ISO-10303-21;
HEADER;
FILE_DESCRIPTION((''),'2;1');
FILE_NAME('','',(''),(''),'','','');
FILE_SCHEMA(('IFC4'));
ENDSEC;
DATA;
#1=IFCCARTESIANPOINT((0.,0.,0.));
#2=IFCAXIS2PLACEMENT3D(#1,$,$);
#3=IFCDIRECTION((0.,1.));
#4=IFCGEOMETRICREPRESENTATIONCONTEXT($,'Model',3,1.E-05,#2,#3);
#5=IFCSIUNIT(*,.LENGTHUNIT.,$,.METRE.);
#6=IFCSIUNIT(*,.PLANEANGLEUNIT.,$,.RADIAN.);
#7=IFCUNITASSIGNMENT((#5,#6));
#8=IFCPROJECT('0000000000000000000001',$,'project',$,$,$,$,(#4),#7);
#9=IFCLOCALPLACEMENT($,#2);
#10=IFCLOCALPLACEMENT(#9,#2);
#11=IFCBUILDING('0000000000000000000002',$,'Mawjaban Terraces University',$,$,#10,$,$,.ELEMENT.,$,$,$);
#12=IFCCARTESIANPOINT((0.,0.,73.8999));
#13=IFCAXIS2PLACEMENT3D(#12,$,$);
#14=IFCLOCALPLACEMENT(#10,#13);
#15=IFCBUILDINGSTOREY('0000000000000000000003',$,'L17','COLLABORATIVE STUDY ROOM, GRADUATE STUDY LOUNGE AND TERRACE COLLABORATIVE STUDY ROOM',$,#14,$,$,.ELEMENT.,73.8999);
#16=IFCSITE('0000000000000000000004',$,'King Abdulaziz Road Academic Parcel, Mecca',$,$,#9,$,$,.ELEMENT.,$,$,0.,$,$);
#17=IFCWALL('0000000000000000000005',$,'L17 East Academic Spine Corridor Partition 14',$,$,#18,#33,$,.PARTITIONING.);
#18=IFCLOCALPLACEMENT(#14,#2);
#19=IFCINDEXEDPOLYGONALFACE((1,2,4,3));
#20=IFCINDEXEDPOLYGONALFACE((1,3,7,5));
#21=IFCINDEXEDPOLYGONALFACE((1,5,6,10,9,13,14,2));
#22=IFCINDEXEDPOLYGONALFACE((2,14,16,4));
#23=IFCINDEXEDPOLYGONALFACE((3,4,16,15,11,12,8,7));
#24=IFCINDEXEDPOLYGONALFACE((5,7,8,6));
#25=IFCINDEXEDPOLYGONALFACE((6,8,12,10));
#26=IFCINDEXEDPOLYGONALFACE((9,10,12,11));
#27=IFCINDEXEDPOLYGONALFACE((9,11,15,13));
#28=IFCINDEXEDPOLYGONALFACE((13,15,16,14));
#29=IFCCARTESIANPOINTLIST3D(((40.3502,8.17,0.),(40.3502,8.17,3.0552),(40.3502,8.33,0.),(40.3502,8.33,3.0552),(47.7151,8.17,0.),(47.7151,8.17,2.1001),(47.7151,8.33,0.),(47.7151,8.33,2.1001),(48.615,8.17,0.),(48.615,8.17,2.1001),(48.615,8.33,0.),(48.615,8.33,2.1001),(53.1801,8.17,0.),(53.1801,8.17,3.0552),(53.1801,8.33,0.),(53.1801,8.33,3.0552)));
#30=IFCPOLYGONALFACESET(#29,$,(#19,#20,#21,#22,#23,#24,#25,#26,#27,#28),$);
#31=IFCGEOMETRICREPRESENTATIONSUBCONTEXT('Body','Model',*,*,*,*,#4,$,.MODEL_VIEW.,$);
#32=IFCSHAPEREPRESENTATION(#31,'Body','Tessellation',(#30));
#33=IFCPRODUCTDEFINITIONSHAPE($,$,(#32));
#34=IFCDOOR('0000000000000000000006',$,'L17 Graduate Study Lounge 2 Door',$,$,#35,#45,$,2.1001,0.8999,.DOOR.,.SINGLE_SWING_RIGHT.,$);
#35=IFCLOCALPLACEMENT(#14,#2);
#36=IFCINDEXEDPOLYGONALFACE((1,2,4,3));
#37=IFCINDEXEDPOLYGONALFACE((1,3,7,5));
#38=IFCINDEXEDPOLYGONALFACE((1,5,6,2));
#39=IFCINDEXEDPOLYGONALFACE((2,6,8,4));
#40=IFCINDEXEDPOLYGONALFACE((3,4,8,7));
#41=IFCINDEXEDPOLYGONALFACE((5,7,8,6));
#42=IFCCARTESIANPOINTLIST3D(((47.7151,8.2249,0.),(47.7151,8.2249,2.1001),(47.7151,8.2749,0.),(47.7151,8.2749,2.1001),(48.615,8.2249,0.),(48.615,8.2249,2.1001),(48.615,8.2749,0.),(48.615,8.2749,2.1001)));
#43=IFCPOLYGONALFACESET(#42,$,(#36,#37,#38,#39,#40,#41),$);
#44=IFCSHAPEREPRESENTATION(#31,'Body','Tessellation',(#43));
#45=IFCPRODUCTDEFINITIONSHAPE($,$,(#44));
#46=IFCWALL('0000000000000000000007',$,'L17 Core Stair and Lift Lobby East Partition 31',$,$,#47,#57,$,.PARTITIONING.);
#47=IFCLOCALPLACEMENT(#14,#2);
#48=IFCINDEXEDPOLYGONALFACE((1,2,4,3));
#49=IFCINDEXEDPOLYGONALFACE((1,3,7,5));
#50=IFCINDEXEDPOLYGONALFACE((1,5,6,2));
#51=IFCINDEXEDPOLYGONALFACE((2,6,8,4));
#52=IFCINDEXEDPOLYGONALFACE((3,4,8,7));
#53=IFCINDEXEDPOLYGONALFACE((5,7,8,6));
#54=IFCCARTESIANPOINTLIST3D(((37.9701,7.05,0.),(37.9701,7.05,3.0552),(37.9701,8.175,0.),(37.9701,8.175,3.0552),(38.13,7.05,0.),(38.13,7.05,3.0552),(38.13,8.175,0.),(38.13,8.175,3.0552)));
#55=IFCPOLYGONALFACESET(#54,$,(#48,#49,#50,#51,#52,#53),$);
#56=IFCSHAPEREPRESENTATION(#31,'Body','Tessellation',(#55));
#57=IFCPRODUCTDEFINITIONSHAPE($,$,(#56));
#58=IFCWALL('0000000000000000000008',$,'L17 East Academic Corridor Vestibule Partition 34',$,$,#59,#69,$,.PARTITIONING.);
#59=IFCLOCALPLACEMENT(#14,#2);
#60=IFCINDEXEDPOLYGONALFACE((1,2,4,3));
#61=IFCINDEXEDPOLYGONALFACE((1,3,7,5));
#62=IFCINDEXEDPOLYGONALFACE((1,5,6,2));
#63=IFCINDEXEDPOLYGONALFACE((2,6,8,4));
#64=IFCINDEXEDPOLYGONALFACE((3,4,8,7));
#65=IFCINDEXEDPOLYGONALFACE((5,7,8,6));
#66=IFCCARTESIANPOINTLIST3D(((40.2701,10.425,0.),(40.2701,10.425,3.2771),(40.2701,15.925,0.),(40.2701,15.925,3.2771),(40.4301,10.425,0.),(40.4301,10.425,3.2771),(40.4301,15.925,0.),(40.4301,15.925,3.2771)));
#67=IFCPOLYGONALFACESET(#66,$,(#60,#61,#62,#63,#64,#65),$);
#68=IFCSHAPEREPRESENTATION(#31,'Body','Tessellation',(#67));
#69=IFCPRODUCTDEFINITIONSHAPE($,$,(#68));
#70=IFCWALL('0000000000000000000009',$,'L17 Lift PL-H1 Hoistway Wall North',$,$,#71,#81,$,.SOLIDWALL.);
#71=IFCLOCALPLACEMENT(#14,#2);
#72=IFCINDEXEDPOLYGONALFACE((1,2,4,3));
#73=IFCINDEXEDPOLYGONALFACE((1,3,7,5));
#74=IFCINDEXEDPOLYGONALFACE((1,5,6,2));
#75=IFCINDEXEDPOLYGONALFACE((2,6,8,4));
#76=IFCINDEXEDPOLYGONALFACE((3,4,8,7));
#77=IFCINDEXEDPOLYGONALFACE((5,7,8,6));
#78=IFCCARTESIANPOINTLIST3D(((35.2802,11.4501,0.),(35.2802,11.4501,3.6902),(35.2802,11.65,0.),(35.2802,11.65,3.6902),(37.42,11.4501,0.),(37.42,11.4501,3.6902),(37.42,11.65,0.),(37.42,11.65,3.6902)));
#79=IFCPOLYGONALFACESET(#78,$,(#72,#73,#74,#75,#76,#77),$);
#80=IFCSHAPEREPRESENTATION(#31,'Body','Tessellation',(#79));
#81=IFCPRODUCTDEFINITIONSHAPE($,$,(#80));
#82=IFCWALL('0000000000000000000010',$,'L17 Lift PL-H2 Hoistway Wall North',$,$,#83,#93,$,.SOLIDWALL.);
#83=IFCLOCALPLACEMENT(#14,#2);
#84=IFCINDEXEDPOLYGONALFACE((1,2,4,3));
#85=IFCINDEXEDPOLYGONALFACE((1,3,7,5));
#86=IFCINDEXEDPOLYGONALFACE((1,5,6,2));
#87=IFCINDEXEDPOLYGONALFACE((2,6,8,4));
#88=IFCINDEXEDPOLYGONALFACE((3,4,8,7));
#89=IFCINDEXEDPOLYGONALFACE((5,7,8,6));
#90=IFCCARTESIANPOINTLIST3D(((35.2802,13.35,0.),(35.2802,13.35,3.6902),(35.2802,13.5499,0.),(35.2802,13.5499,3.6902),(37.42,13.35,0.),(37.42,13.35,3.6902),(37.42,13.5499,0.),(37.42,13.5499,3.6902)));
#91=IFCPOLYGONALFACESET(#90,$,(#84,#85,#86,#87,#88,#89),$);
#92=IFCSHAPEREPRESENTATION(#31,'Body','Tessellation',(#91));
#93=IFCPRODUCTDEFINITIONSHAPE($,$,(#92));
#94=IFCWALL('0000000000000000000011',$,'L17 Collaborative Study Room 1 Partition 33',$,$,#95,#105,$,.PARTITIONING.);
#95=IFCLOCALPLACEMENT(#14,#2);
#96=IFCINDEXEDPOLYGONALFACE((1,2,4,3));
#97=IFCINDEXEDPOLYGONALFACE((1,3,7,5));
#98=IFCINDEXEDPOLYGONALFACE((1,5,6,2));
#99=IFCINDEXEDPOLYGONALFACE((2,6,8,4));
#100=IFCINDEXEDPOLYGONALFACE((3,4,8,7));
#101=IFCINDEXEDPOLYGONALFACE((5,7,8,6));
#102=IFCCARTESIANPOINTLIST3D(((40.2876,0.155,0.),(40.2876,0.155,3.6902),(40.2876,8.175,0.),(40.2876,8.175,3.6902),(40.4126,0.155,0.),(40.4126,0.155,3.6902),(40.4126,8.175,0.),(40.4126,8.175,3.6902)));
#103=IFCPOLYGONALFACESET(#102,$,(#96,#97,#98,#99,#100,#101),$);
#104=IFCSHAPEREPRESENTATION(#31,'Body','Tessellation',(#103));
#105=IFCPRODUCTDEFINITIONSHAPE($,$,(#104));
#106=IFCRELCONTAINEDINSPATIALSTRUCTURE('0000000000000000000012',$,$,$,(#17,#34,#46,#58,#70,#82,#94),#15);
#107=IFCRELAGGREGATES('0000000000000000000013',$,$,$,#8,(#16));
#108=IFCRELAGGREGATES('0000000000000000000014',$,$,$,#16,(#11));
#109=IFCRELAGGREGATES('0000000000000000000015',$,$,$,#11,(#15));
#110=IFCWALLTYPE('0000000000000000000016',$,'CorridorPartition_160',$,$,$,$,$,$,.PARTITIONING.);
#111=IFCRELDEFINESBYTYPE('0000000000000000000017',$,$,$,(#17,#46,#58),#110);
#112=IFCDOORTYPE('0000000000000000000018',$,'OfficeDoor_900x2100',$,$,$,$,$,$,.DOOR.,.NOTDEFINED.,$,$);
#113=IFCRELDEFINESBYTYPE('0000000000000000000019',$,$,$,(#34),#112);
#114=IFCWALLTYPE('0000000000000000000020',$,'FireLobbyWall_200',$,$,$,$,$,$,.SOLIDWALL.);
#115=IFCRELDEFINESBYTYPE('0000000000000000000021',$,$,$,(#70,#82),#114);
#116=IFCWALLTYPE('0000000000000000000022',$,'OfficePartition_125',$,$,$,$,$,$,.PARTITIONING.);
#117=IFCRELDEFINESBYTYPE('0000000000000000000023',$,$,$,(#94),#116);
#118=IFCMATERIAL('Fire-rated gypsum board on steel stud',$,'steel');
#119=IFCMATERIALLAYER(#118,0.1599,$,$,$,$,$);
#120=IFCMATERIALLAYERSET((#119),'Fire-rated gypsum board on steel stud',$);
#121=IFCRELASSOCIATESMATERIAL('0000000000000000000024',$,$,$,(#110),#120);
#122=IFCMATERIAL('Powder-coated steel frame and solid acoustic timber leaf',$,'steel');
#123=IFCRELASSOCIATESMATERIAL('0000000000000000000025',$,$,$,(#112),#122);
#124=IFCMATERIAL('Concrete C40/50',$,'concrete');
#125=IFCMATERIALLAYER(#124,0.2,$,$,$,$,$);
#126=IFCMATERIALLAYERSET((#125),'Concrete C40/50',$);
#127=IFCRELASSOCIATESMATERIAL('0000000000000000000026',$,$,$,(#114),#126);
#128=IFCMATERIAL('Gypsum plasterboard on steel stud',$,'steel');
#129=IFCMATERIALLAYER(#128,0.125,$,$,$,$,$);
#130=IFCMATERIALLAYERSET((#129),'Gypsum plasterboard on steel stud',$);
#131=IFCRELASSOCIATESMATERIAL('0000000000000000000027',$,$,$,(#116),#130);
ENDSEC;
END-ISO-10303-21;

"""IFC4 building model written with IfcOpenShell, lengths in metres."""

from ifc_helpers import new_model, si_unit, direction, frame, frame_2d, origin, place, context, subcontext, project, spatial, rectangle, extrude, material, layer, layer_set, type_object, element, fill, save


model = new_model("IFC4")

# Units and contexts
model_context = context("Model", 3, precision=1e-05, world=origin(), true_north=direction((0.0, 1.0)))
body_context = subcontext(model_context, "Body", "Model", "MODEL_VIEW")
ifc_project = project(units=[si_unit("LENGTHUNIT", "METRE"), si_unit("PLANEANGLEUNIT", "RADIAN")], contexts=[model_context])

# Site, building, storey
site_placement = place(None, origin())
site = spatial("IfcSite", under=ifc_project, at=site_placement, Name="King Abdulaziz Road Academic Parcel, Mecca", CompositionType="ELEMENT", RefElevation=0.0)
building_placement = place(site_placement, origin())
building = spatial("IfcBuilding", under=site, at=building_placement, Name="Mawjaban Terraces University", CompositionType="ELEMENT")
storey_placement = place(building_placement, frame((0.0, 0.0, 73.8999)))
storey = spatial("IfcBuildingStorey", under=building, at=storey_placement, Name="L17", Description="COLLABORATIVE STUDY ROOM, GRADUATE STUDY LOUNGE AND TERRACE COLLABORATIVE STUDY ROOM", CompositionType="ELEMENT", Elevation=73.8999)

# Wall, opening, door
ifc_material_1 = material(Name="Fire-rated gypsum board on steel stud", Category="steel")
ifc_layer_1 = layer(ifc_material_1, 0.1599)
ifc_layer_set_1 = layer_set([ifc_layer_1], Name="Fire-rated gypsum board on steel stud")
wall_type_1 = type_object("IfcWallType", Name="CorridorPartition_160", PredefinedType="PARTITIONING", material=ifc_layer_set_1)
ifc_material_2 = material(Name="Powder-coated steel frame and solid acoustic timber leaf", Category="steel")
door_type = type_object("IfcDoorType", Name="OfficeDoor_900x2100", OperationType="NOTDEFINED", PredefinedType="DOOR", material=ifc_material_2)
wall_1_placement = place(storey_placement, frame((40.3501, 8.25, 0.0), z_axis=(0.0, 0.0, 1.0), x_axis=(1.0, 0.0, 0.0)))
wall_1 = element("IfcWall", 1, at=wall_1_placement, inside=storey, type_object=wall_type_1, Name="L17 East Academic Spine Corridor Partition 14", PredefinedType="PARTITIONING", context=body_context, shape_type="SweptSolid", body=[
    extrude(rectangle(XDim=12.8298, YDim=0.1599, at=frame_2d((6.415, 0.0))), origin(), (0.0, 0.0, 1.0), 3.0552),
])
opening_1_placement = place(wall_1_placement, frame((7.365, 0.0, 0.0)))
opening_1 = element("IfcOpeningElement", 2, at=opening_1_placement, cuts=wall_1, PredefinedType="OPENING", context=body_context, shape_type="SweptSolid", body=[
    extrude(rectangle(XDim=0.8999, YDim=2.1001, at=frame_2d((0.45, 1.05))), frame((0.0, 0.0898, 0.0), z_axis=(0.0, -1.0, 0.0), x_axis=(1.0, 0.0, 0.0)), (0.0, 0.0, 1.0), 0.1799),
])
door_1_placement = place(opening_1_placement, origin())
door_1 = element("IfcDoor", 3, at=door_1_placement, inside=storey, type_object=door_type, Name="L17 Graduate Study Lounge 2 Door", OperationType="SINGLE_SWING_RIGHT", OverallHeight=2.1001, OverallWidth=0.8999, PredefinedType="DOOR", context=body_context, shape_type="SweptSolid", body=[
    extrude(rectangle(XDim=0.8999, YDim=2.1001, at=frame_2d((0.45, 1.05))), frame((0.0, 0.0249, 0.0), z_axis=(0.0, -1.0, 0.0), x_axis=(1.0, 0.0, 0.0)), (0.0, 0.0, 1.0), 0.05),
])
fill(opening_1, door_1)

# Walls
wall_2_placement = place(storey_placement, frame((38.05, 7.05, 0.0), z_axis=(0.0, 0.0, 1.0), x_axis=(0.0, 1.0, 0.0)))
element("IfcWall", 4, at=wall_2_placement, inside=storey, type_object=wall_type_1, Name="L17 Core Stair and Lift Lobby East Partition 31", PredefinedType="PARTITIONING", context=body_context, shape_type="SweptSolid", body=[
    extrude(rectangle(XDim=1.125, YDim=0.1599, at=frame_2d((0.5625, 0.0))), origin(), (0.0, 0.0, 1.0), 3.0552),
])
wall_3_placement = place(storey_placement, frame((40.3501, 10.425, 0.0), z_axis=(0.0, 0.0, 1.0), x_axis=(0.0, 1.0, 0.0)))
element("IfcWall", 5, at=wall_3_placement, inside=storey, type_object=wall_type_1, Name="L17 East Academic Corridor Vestibule Partition 34", PredefinedType="PARTITIONING", context=body_context, shape_type="SweptSolid", body=[
    extrude(rectangle(XDim=5.5, YDim=0.1599, at=frame_2d((2.75, 0.0))), origin(), (0.0, 0.0, 1.0), 3.2771),
])
ifc_material_3 = material(Name="Concrete C40/50", Category="concrete")
ifc_layer_2 = layer(ifc_material_3, 0.2)
ifc_layer_set_2 = layer_set([ifc_layer_2], Name="Concrete C40/50")
wall_type_2 = type_object("IfcWallType", Name="FireLobbyWall_200", PredefinedType="SOLIDWALL", material=ifc_layer_set_2)
for number, where, z_axis, x_axis, name in (
    (6, (37.4199, 11.55, 0.0), (0.0, 0.0, 1.0), (-1.0, 0.0, 0.0), "L17 Lift PL-H1 Hoistway Wall North"),
    (7, (37.4199, 13.45, 0.0), (0.0, 0.0, 1.0), (-1.0, 0.0, 0.0), "L17 Lift PL-H2 Hoistway Wall North"),
):
    element("IfcWall", number, at=place(storey_placement, frame(where, z_axis=z_axis, x_axis=x_axis)), inside=storey, type_object=wall_type_2, Name=name, PredefinedType="SOLIDWALL", context=body_context, shape_type="SweptSolid", body=[
        extrude(rectangle(XDim=2.1399, YDim=0.2, at=frame_2d((1.0698, 0.0))), origin(), (0.0, 0.0, 1.0), 3.6902),
    ])
ifc_material_4 = material(Name="Gypsum plasterboard on steel stud", Category="steel")
ifc_layer_3 = layer(ifc_material_4, 0.125)
ifc_layer_set_3 = layer_set([ifc_layer_3], Name="Gypsum plasterboard on steel stud")
wall_type_3 = type_object("IfcWallType", Name="OfficePartition_125", PredefinedType="PARTITIONING", material=ifc_layer_set_3)
wall_4_placement = place(storey_placement, frame((40.3501, 0.155, 0.0), z_axis=(0.0, 0.0, 1.0), x_axis=(0.0, 1.0, 0.0)))
element("IfcWall", 8, at=wall_4_placement, inside=storey, type_object=wall_type_3, Name="L17 Collaborative Study Room 1 Partition 33", PredefinedType="PARTITIONING", context=body_context, shape_type="SweptSolid", body=[
    extrude(rectangle(XDim=8.02, YDim=0.125, at=frame_2d((4.01, 0.0))), origin(), (0.0, 0.0, 1.0), 3.6902),
])

save(model, "model.ifc")
